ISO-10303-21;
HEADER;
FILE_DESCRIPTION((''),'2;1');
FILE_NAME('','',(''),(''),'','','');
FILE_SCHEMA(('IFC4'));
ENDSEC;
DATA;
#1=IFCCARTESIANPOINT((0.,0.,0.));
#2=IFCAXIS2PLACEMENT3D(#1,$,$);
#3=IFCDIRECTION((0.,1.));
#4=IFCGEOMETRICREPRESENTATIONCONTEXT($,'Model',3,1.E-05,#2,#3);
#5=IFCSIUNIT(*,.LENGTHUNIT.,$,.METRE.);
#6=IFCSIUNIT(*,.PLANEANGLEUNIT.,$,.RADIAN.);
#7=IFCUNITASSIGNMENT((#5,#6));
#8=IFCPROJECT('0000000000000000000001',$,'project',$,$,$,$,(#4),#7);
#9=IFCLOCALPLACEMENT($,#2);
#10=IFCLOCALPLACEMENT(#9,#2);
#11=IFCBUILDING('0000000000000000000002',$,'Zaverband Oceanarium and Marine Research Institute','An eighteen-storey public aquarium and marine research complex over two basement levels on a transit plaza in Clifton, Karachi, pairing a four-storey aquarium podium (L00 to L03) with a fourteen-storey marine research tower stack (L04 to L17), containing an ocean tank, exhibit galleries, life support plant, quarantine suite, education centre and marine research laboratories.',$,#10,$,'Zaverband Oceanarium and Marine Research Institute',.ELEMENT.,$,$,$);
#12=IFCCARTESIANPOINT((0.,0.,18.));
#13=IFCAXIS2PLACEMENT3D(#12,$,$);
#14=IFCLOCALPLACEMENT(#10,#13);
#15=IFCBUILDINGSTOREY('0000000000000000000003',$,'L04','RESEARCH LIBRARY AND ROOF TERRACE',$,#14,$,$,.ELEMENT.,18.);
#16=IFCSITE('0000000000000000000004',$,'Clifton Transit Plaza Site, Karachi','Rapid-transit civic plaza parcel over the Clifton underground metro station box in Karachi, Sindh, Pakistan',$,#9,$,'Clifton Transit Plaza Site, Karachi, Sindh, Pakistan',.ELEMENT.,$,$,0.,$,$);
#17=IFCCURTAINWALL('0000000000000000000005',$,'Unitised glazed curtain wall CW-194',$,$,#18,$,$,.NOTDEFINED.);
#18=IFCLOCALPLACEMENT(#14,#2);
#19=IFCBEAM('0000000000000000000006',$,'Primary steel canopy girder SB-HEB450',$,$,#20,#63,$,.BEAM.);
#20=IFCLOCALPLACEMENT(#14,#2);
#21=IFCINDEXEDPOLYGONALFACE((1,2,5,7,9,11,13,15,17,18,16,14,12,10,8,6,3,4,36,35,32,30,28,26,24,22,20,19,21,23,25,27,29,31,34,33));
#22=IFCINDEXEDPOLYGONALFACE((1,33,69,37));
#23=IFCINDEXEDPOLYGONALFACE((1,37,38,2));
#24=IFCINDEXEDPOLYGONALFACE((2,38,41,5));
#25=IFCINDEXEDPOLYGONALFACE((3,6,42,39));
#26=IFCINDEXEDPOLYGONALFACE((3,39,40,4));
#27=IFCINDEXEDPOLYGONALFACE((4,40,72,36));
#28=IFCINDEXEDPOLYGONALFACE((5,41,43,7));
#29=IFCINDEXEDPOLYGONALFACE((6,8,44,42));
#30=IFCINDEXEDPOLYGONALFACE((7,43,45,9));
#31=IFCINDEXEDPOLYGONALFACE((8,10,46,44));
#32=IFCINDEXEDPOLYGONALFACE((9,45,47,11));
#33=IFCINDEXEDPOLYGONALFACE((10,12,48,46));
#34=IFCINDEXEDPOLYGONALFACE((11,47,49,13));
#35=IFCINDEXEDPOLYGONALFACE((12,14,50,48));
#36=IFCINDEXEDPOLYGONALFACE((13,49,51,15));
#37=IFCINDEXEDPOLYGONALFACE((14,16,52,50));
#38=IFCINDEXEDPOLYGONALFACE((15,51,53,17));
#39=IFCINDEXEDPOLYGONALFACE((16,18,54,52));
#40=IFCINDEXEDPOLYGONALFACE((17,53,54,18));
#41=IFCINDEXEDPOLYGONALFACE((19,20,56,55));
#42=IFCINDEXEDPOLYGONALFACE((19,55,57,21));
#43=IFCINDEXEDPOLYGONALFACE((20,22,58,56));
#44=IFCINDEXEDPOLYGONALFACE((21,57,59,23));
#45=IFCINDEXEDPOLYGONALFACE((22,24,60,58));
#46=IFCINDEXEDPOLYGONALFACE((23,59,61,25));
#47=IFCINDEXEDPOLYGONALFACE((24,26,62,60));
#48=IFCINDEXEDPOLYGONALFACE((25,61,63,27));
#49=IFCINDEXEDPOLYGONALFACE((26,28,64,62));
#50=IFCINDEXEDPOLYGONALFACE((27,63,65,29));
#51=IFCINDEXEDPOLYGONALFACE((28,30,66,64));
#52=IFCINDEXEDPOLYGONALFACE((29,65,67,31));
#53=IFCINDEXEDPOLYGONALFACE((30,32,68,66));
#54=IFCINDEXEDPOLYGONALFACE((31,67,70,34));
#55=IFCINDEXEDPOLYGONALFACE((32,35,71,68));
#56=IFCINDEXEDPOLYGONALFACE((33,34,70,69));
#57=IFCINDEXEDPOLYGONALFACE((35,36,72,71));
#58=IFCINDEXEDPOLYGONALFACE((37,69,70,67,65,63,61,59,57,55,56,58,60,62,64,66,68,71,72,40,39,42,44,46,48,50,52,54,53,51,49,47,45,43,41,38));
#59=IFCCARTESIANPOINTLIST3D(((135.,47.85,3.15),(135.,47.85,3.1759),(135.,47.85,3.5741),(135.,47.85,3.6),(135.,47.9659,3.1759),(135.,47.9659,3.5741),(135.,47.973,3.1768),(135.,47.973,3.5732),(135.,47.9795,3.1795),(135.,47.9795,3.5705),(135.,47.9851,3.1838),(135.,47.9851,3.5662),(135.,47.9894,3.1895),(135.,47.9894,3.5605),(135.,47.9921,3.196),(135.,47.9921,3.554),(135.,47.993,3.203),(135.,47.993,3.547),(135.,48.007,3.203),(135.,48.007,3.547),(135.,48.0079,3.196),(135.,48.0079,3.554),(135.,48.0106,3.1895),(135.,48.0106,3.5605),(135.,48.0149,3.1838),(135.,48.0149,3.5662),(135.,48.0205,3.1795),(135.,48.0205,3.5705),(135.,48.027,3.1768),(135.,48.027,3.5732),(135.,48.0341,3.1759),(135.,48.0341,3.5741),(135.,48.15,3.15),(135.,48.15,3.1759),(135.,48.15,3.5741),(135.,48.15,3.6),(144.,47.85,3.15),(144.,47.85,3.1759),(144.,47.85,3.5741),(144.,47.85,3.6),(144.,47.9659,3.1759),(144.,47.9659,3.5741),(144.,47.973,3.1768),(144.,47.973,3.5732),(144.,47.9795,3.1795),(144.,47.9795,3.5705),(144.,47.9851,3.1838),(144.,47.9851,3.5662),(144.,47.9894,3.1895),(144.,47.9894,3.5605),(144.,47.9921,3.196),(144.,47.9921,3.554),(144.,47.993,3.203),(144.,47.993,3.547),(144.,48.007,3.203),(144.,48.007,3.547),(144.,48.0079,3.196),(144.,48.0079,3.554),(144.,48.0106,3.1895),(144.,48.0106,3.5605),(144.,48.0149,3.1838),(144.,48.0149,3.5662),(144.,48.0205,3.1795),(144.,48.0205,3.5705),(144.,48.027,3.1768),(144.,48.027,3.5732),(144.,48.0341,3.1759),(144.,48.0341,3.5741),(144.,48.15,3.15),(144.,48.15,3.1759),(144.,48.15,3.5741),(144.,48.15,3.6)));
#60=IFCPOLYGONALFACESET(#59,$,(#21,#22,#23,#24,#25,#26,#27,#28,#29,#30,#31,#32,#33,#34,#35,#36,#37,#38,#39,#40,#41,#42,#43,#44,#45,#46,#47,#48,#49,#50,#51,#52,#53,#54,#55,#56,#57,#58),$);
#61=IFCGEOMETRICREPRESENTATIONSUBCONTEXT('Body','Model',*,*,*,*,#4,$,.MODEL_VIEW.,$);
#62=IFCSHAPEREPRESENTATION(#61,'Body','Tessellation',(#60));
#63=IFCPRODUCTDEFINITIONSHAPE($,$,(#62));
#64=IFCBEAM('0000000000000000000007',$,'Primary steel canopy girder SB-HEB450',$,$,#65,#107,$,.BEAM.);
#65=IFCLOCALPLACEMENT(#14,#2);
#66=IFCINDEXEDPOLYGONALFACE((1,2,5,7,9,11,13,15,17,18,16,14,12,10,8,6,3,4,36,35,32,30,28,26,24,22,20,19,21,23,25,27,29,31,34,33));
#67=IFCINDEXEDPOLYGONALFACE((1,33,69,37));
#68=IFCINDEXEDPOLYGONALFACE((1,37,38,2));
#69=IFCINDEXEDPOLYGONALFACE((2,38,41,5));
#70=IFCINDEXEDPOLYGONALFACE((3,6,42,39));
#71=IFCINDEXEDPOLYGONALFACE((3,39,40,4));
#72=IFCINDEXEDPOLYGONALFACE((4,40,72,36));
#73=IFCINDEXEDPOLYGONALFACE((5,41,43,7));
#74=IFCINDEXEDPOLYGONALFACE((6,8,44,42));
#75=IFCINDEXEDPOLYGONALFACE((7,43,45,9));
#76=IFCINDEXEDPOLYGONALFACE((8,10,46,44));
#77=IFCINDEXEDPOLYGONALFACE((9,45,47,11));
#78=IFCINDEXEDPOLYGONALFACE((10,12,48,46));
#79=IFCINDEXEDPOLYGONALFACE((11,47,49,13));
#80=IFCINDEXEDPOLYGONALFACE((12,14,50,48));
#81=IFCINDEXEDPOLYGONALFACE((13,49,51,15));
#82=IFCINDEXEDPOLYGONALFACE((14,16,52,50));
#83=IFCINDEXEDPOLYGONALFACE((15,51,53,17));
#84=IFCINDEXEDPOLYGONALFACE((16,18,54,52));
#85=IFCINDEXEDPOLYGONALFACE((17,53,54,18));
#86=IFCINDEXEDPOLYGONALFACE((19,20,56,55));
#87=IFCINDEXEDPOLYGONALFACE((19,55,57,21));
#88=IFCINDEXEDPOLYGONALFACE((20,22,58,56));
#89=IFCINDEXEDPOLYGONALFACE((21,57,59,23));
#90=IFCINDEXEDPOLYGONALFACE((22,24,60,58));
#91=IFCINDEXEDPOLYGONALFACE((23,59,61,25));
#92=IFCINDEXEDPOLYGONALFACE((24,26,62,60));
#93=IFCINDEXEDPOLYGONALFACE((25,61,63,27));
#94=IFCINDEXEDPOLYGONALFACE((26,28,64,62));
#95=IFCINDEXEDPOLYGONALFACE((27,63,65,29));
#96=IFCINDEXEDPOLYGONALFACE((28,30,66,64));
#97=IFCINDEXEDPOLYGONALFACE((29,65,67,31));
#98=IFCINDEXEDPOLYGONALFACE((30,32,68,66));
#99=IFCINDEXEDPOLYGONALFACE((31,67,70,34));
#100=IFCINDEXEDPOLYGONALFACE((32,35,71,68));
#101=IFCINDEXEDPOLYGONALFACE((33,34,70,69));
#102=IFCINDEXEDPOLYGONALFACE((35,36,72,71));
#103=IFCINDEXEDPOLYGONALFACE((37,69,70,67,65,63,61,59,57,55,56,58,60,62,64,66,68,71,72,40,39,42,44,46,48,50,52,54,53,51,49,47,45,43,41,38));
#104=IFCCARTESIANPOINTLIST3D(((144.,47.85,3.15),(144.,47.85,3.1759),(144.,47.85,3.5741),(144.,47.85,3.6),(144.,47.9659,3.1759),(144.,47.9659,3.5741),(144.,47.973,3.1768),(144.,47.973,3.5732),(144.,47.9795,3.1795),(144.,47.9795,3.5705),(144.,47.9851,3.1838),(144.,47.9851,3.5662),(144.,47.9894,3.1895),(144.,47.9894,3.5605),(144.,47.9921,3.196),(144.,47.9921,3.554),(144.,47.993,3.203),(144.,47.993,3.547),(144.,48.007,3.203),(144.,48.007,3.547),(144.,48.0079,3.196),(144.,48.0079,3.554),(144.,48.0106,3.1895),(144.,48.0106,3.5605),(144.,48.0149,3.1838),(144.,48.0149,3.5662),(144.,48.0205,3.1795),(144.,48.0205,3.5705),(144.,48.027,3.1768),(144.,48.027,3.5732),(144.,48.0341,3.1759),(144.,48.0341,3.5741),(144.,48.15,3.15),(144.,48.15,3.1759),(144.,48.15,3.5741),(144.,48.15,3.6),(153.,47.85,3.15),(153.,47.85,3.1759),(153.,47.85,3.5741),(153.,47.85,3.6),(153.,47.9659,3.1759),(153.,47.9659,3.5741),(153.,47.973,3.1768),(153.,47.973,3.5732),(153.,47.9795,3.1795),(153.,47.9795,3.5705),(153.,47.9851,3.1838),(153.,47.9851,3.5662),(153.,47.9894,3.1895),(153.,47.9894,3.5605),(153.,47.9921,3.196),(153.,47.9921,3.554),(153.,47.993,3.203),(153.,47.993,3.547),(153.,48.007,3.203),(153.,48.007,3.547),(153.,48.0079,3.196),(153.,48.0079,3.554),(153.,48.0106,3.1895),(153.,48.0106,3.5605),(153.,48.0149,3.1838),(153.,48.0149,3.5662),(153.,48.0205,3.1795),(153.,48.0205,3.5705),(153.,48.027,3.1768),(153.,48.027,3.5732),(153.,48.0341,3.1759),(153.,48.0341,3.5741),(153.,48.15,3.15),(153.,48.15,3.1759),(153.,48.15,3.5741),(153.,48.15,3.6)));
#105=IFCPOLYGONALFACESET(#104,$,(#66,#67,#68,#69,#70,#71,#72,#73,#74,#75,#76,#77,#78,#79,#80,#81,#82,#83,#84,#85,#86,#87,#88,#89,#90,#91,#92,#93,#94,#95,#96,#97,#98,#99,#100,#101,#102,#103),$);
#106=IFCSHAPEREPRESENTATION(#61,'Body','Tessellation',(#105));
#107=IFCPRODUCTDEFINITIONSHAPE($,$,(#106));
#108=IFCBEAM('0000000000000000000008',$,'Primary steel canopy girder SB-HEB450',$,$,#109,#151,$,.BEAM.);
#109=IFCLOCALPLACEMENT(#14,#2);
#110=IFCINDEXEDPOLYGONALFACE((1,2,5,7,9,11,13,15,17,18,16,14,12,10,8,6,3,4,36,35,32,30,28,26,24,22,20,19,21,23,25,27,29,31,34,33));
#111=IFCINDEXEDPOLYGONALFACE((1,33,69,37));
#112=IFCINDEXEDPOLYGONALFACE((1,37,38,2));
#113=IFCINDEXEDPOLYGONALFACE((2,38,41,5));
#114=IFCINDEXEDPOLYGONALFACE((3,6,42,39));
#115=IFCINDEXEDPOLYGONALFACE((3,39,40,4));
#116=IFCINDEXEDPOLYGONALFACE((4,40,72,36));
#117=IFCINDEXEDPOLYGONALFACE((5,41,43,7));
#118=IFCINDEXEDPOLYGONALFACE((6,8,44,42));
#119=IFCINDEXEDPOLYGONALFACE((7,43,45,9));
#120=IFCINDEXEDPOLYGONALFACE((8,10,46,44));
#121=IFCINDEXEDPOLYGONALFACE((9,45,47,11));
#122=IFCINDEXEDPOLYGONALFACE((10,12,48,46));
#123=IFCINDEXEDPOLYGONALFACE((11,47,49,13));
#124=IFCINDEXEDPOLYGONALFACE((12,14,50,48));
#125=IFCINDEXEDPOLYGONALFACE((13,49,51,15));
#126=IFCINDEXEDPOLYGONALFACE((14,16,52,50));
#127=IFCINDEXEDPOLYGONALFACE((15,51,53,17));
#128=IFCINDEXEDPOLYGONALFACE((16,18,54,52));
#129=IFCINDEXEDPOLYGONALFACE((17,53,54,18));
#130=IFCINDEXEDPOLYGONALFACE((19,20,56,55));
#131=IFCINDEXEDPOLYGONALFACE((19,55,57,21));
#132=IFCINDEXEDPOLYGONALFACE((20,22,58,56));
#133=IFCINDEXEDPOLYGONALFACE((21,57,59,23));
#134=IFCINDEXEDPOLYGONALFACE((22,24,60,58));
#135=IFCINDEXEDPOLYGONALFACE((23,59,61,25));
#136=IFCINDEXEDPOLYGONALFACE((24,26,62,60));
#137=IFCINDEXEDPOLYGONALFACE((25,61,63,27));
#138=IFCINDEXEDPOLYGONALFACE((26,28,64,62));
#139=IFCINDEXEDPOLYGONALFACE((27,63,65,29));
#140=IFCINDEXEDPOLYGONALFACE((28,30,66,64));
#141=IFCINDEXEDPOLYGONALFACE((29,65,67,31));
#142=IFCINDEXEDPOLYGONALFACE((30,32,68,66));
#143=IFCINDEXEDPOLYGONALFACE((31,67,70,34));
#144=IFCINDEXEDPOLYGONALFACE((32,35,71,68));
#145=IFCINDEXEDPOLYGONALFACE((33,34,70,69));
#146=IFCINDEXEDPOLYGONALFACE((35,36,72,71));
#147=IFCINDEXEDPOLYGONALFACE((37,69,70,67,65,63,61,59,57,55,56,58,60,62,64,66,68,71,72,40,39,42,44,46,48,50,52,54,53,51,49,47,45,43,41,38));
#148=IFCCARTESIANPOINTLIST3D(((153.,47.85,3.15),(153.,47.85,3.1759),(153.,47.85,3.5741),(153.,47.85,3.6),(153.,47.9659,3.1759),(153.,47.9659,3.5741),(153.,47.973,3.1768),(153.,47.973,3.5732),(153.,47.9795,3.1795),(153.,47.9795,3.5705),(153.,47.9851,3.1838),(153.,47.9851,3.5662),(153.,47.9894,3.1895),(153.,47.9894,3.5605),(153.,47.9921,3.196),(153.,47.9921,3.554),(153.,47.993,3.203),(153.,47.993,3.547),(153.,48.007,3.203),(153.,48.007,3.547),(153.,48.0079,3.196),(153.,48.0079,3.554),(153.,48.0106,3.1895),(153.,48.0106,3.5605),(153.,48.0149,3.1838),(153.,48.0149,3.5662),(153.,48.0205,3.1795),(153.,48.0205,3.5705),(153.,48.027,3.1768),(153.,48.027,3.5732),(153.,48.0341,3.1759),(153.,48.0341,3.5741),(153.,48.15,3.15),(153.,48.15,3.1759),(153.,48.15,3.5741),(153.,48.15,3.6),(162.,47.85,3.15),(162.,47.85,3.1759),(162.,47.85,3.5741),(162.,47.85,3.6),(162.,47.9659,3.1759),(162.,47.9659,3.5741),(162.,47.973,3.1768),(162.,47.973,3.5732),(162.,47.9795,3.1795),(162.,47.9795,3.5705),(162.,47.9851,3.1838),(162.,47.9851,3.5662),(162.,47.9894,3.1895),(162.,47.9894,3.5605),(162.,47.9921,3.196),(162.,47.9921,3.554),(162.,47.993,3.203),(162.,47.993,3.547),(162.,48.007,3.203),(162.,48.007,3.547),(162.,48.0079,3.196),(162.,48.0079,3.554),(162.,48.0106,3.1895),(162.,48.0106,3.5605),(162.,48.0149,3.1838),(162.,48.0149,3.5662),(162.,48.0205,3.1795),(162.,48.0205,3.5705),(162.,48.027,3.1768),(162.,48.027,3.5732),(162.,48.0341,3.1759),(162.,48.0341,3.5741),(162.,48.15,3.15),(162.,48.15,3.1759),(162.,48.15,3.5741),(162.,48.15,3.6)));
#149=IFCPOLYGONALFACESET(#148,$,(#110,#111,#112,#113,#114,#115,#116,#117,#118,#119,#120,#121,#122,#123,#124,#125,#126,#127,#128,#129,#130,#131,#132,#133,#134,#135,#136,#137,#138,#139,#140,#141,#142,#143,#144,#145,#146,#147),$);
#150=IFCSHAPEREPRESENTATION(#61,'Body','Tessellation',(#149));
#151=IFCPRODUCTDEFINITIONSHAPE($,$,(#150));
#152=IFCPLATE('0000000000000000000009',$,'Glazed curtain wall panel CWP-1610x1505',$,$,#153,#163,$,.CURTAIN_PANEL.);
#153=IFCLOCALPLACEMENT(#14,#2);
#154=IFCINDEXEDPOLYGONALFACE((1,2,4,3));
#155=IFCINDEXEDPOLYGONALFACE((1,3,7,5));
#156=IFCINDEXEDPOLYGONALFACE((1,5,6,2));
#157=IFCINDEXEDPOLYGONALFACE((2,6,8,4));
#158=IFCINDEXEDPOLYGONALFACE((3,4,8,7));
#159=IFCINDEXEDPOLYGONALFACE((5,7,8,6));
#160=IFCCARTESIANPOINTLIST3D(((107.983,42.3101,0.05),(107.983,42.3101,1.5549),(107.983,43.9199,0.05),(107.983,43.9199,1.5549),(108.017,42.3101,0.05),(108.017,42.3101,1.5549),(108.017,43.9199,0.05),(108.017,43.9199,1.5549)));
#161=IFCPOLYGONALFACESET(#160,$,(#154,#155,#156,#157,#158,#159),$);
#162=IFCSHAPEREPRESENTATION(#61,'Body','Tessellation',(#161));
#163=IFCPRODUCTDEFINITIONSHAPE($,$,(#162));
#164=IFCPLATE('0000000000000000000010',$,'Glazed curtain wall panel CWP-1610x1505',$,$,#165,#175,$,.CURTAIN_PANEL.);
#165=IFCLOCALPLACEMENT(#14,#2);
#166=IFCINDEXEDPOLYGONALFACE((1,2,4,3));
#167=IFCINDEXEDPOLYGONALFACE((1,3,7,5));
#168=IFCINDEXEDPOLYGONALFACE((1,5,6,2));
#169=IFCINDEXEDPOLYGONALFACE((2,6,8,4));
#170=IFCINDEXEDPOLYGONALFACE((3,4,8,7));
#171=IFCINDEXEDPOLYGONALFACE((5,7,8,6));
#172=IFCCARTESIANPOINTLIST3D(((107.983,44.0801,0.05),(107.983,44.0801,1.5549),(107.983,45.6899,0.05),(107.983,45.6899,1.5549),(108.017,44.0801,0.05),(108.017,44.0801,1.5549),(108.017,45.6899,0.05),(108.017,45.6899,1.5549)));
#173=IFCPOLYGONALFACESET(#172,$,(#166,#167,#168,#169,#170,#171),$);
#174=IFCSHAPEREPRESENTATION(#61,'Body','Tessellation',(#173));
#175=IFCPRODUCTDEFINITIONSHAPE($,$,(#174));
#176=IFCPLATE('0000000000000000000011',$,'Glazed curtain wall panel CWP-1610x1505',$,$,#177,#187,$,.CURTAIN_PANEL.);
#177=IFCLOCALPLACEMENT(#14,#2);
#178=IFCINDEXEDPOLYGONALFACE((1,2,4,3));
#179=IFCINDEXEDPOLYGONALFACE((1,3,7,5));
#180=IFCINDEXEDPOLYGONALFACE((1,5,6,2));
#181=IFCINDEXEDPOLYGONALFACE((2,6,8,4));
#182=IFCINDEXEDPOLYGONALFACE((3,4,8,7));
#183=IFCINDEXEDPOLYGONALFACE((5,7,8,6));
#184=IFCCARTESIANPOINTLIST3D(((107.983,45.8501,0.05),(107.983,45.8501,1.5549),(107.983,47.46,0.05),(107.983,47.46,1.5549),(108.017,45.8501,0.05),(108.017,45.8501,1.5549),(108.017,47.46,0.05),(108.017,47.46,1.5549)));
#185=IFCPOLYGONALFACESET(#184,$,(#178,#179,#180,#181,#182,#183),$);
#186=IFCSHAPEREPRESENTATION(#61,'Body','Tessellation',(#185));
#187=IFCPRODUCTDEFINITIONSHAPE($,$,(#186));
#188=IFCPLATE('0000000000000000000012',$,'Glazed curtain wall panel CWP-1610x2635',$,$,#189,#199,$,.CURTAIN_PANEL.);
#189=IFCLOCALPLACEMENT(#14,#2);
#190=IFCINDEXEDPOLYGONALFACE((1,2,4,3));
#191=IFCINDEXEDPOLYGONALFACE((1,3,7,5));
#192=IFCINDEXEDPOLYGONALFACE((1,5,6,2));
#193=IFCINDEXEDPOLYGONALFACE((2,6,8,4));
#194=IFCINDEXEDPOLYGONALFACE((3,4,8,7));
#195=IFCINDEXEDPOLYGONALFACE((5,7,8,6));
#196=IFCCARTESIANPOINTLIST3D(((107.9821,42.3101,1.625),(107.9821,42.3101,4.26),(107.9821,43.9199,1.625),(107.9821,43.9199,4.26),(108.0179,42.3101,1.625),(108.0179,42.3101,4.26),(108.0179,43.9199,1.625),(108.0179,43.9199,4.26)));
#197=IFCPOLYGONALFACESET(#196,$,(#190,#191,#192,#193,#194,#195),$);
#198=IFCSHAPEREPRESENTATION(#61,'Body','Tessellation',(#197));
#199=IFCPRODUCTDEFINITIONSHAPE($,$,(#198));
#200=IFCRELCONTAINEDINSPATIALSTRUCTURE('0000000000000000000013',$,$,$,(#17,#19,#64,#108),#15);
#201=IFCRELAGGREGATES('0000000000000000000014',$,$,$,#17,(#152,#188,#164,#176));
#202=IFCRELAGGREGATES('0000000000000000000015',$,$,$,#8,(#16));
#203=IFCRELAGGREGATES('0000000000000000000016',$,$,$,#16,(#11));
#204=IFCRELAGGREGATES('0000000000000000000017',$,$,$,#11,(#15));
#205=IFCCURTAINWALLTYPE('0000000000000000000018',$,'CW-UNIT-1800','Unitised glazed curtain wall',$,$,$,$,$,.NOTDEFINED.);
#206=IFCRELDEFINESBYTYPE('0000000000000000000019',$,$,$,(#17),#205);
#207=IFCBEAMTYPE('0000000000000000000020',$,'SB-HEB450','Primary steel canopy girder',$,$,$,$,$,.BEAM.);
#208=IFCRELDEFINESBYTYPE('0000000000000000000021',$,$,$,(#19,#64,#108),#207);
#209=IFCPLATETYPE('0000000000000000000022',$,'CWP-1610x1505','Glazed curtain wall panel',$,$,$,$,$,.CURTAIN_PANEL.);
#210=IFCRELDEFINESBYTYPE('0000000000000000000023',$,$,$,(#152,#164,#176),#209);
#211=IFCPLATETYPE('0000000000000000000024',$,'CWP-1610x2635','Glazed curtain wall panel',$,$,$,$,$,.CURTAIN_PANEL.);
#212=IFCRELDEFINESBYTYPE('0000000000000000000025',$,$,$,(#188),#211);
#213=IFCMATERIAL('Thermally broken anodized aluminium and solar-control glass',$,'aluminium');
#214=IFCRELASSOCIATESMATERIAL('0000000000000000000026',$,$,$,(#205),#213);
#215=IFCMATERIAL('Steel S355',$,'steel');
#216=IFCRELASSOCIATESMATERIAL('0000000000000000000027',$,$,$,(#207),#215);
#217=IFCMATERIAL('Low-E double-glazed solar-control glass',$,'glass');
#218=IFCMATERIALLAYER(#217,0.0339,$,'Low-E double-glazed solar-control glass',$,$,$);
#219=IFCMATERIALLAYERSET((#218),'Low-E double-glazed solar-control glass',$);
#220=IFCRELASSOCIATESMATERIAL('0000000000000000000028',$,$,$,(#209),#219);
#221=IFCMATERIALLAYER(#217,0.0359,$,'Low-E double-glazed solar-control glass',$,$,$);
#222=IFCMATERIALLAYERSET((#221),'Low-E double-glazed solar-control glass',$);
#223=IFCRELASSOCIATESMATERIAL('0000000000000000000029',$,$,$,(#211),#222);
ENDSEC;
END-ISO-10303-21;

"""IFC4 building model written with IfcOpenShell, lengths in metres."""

from ifc_helpers import new_model, si_unit, direction, frame, frame_2d, origin, origin_2d, place, context, subcontext, project, spatial, rectangle, i_section, extrude, material, layer, layer_set, material_profile, profile_set, type_object, element, aggregate, save


model = new_model("IFC4")

# Units and contexts
model_context = context("Model", 3, precision=1e-05, world=origin(), true_north=direction((0.0, 1.0)))
body_context = subcontext(model_context, "Body", "Model", "MODEL_VIEW")
ifc_project = project(units=[si_unit("LENGTHUNIT", "METRE"), si_unit("PLANEANGLEUNIT", "RADIAN")], contexts=[model_context])

# Site, building, storey
site_placement = place(None, origin())
site = spatial("IfcSite", under=ifc_project, at=site_placement, Name="Clifton Transit Plaza Site, Karachi", Description="Rapid-transit civic plaza parcel over the Clifton underground metro station box in Karachi, Sindh, Pakistan", LongName="Clifton Transit Plaza Site, Karachi, Sindh, Pakistan", CompositionType="ELEMENT", RefElevation=0.0)
building_placement = place(site_placement, origin())
building = spatial("IfcBuilding", under=site, at=building_placement, Name="Zaverband Oceanarium and Marine Research Institute", Description="An eighteen-storey public aquarium and marine research complex over two basement levels on a transit plaza in Clifton, Karachi, pairing a four-storey aquarium podium (L00 to L03) with a fourteen-storey marine research tower stack (L04 to L17), containing an ocean tank, exhibit galleries, life support plant, quarantine suite, education centre and marine research laboratories.", LongName="Zaverband Oceanarium and Marine Research Institute", CompositionType="ELEMENT")
storey_placement = place(building_placement, frame((0.0, 0.0, 18.0)))
storey = spatial("IfcBuildingStorey", under=building, at=storey_placement, Name="L04", Description="RESEARCH LIBRARY AND ROOF TERRACE", CompositionType="ELEMENT", Elevation=18.0)

# Curtain wall
ifc_material_1 = material(Name="Thermally broken anodized aluminium and solar-control glass", Category="aluminium")
curtain_wall_type = type_object("IfcCurtainWallType", Name="CW-UNIT-1800", Description="Unitised glazed curtain wall", PredefinedType="NOTDEFINED", material=ifc_material_1)
curtain_wall_placement = place(storey_placement, origin())
curtain_wall = element("IfcCurtainWall", 1, at=curtain_wall_placement, inside=storey, type_object=curtain_wall_type, Name="Unitised glazed curtain wall CW-194", PredefinedType="NOTDEFINED")

# Beams
ifc_material_2 = material(Name="Steel S355", Category="steel")
ifc_material_profile_1 = material_profile(ifc_material_2, i_section(OverallWidth=0.3, OverallDepth=0.45, WebThickness=0.0139, FlangeThickness=0.0259, FilletRadius=0.0271, at=origin_2d()), Name="HEB450")
ifc_profile_set_1 = profile_set([ifc_material_profile_1], Name="Steel S355")
beam_type = type_object("IfcBeamType", Name="SB-HEB450", Description="Primary steel canopy girder", PredefinedType="BEAM", material=ifc_profile_set_1)
for number, where, z_axis, x_axis, name in (
    (2, (135.0, 48.0, 3.375), (1.0, 0.0, 0.0), (0.0, 1.0, 0.0), "Primary steel canopy girder SB-HEB450"),
    (3, (144.0, 48.0, 3.375), (1.0, 0.0, 0.0), (0.0, 1.0, 0.0), "Primary steel canopy girder SB-HEB450"),
    (4, (153.0, 48.0, 3.375), (1.0, 0.0, 0.0), (0.0, 1.0, 0.0), "Primary steel canopy girder SB-HEB450"),
):
    element("IfcBeam", number, at=place(storey_placement, frame(where, z_axis=z_axis, x_axis=x_axis)), inside=storey, type_object=beam_type, Name=name, PredefinedType="BEAM", context=body_context, shape_type="SweptSolid", body=[
        extrude(i_section(OverallWidth=0.3, OverallDepth=0.45, WebThickness=0.0139, FlangeThickness=0.0259, FilletRadius=0.0271, at=origin_2d()), origin(), (0.0, 0.0, 1.0), 9.0),
    ])

# Plates
ifc_material_3 = material(Name="Low-E double-glazed solar-control glass", Category="glass")
ifc_layer_1 = layer(ifc_material_3, 0.0339, Name="Low-E double-glazed solar-control glass")
ifc_layer_set_1 = layer_set([ifc_layer_1], Name="Low-E double-glazed solar-control glass")
plate_type_1 = type_object("IfcPlateType", Name="CWP-1610x1505", Description="Glazed curtain wall panel", PredefinedType="CURTAIN_PANEL", material=ifc_layer_set_1)
plate_1_placement = place(storey_placement, frame((108.0, 42.3101, 0.05), z_axis=(0.0, 0.0, 1.0), x_axis=(0.0, 1.0, 0.0)))
plate_1 = element("IfcPlate", 5, at=plate_1_placement, type_object=plate_type_1, Name="Glazed curtain wall panel CWP-1610x1505", PredefinedType="CURTAIN_PANEL", context=body_context, shape_type="SweptSolid", body=[
    extrude(rectangle(XDim=1.6099, YDim=0.0339, at=frame_2d((0.8049, 0.0))), origin(), (0.0, 0.0, 1.0), 1.5049),
])
plate_2_placement = place(storey_placement, frame((108.0, 44.0801, 0.05), z_axis=(0.0, 0.0, 1.0), x_axis=(0.0, 1.0, 0.0)))
plate_2 = element("IfcPlate", 6, at=plate_2_placement, type_object=plate_type_1, Name="Glazed curtain wall panel CWP-1610x1505", PredefinedType="CURTAIN_PANEL", context=body_context, shape_type="SweptSolid", body=[
    extrude(rectangle(XDim=1.6099, YDim=0.0339, at=frame_2d((0.8049, 0.0))), origin(), (0.0, 0.0, 1.0), 1.5049),
])
plate_3_placement = place(storey_placement, frame((108.0, 45.8501, 0.05), z_axis=(0.0, 0.0, 1.0), x_axis=(0.0, 1.0, 0.0)))
plate_3 = element("IfcPlate", 7, at=plate_3_placement, type_object=plate_type_1, Name="Glazed curtain wall panel CWP-1610x1505", PredefinedType="CURTAIN_PANEL", context=body_context, shape_type="SweptSolid", body=[
    extrude(rectangle(XDim=1.6099, YDim=0.0339, at=frame_2d((0.8049, 0.0))), origin(), (0.0, 0.0, 1.0), 1.5049),
])
ifc_layer_2 = layer(ifc_material_3, 0.0359, Name="Low-E double-glazed solar-control glass")
ifc_layer_set_2 = layer_set([ifc_layer_2], Name="Low-E double-glazed solar-control glass")
plate_type_2 = type_object("IfcPlateType", Name="CWP-1610x2635", Description="Glazed curtain wall panel", PredefinedType="CURTAIN_PANEL", material=ifc_layer_set_2)
plate_4_placement = place(storey_placement, frame((108.0, 42.3101, 1.625), z_axis=(0.0, 0.0, 1.0), x_axis=(0.0, 1.0, 0.0)))
plate_4 = element("IfcPlate", 8, at=plate_4_placement, type_object=plate_type_2, Name="Glazed curtain wall panel CWP-1610x2635", PredefinedType="CURTAIN_PANEL", context=body_context, shape_type="SweptSolid", body=[
    extrude(rectangle(XDim=1.6099, YDim=0.0359, at=frame_2d((0.8049, 0.0))), origin(), (0.0, 0.0, 1.0), 2.635),
])
aggregate(curtain_wall, [plate_1, plate_4, plate_2, plate_3])

save(model, "model.ifc")
